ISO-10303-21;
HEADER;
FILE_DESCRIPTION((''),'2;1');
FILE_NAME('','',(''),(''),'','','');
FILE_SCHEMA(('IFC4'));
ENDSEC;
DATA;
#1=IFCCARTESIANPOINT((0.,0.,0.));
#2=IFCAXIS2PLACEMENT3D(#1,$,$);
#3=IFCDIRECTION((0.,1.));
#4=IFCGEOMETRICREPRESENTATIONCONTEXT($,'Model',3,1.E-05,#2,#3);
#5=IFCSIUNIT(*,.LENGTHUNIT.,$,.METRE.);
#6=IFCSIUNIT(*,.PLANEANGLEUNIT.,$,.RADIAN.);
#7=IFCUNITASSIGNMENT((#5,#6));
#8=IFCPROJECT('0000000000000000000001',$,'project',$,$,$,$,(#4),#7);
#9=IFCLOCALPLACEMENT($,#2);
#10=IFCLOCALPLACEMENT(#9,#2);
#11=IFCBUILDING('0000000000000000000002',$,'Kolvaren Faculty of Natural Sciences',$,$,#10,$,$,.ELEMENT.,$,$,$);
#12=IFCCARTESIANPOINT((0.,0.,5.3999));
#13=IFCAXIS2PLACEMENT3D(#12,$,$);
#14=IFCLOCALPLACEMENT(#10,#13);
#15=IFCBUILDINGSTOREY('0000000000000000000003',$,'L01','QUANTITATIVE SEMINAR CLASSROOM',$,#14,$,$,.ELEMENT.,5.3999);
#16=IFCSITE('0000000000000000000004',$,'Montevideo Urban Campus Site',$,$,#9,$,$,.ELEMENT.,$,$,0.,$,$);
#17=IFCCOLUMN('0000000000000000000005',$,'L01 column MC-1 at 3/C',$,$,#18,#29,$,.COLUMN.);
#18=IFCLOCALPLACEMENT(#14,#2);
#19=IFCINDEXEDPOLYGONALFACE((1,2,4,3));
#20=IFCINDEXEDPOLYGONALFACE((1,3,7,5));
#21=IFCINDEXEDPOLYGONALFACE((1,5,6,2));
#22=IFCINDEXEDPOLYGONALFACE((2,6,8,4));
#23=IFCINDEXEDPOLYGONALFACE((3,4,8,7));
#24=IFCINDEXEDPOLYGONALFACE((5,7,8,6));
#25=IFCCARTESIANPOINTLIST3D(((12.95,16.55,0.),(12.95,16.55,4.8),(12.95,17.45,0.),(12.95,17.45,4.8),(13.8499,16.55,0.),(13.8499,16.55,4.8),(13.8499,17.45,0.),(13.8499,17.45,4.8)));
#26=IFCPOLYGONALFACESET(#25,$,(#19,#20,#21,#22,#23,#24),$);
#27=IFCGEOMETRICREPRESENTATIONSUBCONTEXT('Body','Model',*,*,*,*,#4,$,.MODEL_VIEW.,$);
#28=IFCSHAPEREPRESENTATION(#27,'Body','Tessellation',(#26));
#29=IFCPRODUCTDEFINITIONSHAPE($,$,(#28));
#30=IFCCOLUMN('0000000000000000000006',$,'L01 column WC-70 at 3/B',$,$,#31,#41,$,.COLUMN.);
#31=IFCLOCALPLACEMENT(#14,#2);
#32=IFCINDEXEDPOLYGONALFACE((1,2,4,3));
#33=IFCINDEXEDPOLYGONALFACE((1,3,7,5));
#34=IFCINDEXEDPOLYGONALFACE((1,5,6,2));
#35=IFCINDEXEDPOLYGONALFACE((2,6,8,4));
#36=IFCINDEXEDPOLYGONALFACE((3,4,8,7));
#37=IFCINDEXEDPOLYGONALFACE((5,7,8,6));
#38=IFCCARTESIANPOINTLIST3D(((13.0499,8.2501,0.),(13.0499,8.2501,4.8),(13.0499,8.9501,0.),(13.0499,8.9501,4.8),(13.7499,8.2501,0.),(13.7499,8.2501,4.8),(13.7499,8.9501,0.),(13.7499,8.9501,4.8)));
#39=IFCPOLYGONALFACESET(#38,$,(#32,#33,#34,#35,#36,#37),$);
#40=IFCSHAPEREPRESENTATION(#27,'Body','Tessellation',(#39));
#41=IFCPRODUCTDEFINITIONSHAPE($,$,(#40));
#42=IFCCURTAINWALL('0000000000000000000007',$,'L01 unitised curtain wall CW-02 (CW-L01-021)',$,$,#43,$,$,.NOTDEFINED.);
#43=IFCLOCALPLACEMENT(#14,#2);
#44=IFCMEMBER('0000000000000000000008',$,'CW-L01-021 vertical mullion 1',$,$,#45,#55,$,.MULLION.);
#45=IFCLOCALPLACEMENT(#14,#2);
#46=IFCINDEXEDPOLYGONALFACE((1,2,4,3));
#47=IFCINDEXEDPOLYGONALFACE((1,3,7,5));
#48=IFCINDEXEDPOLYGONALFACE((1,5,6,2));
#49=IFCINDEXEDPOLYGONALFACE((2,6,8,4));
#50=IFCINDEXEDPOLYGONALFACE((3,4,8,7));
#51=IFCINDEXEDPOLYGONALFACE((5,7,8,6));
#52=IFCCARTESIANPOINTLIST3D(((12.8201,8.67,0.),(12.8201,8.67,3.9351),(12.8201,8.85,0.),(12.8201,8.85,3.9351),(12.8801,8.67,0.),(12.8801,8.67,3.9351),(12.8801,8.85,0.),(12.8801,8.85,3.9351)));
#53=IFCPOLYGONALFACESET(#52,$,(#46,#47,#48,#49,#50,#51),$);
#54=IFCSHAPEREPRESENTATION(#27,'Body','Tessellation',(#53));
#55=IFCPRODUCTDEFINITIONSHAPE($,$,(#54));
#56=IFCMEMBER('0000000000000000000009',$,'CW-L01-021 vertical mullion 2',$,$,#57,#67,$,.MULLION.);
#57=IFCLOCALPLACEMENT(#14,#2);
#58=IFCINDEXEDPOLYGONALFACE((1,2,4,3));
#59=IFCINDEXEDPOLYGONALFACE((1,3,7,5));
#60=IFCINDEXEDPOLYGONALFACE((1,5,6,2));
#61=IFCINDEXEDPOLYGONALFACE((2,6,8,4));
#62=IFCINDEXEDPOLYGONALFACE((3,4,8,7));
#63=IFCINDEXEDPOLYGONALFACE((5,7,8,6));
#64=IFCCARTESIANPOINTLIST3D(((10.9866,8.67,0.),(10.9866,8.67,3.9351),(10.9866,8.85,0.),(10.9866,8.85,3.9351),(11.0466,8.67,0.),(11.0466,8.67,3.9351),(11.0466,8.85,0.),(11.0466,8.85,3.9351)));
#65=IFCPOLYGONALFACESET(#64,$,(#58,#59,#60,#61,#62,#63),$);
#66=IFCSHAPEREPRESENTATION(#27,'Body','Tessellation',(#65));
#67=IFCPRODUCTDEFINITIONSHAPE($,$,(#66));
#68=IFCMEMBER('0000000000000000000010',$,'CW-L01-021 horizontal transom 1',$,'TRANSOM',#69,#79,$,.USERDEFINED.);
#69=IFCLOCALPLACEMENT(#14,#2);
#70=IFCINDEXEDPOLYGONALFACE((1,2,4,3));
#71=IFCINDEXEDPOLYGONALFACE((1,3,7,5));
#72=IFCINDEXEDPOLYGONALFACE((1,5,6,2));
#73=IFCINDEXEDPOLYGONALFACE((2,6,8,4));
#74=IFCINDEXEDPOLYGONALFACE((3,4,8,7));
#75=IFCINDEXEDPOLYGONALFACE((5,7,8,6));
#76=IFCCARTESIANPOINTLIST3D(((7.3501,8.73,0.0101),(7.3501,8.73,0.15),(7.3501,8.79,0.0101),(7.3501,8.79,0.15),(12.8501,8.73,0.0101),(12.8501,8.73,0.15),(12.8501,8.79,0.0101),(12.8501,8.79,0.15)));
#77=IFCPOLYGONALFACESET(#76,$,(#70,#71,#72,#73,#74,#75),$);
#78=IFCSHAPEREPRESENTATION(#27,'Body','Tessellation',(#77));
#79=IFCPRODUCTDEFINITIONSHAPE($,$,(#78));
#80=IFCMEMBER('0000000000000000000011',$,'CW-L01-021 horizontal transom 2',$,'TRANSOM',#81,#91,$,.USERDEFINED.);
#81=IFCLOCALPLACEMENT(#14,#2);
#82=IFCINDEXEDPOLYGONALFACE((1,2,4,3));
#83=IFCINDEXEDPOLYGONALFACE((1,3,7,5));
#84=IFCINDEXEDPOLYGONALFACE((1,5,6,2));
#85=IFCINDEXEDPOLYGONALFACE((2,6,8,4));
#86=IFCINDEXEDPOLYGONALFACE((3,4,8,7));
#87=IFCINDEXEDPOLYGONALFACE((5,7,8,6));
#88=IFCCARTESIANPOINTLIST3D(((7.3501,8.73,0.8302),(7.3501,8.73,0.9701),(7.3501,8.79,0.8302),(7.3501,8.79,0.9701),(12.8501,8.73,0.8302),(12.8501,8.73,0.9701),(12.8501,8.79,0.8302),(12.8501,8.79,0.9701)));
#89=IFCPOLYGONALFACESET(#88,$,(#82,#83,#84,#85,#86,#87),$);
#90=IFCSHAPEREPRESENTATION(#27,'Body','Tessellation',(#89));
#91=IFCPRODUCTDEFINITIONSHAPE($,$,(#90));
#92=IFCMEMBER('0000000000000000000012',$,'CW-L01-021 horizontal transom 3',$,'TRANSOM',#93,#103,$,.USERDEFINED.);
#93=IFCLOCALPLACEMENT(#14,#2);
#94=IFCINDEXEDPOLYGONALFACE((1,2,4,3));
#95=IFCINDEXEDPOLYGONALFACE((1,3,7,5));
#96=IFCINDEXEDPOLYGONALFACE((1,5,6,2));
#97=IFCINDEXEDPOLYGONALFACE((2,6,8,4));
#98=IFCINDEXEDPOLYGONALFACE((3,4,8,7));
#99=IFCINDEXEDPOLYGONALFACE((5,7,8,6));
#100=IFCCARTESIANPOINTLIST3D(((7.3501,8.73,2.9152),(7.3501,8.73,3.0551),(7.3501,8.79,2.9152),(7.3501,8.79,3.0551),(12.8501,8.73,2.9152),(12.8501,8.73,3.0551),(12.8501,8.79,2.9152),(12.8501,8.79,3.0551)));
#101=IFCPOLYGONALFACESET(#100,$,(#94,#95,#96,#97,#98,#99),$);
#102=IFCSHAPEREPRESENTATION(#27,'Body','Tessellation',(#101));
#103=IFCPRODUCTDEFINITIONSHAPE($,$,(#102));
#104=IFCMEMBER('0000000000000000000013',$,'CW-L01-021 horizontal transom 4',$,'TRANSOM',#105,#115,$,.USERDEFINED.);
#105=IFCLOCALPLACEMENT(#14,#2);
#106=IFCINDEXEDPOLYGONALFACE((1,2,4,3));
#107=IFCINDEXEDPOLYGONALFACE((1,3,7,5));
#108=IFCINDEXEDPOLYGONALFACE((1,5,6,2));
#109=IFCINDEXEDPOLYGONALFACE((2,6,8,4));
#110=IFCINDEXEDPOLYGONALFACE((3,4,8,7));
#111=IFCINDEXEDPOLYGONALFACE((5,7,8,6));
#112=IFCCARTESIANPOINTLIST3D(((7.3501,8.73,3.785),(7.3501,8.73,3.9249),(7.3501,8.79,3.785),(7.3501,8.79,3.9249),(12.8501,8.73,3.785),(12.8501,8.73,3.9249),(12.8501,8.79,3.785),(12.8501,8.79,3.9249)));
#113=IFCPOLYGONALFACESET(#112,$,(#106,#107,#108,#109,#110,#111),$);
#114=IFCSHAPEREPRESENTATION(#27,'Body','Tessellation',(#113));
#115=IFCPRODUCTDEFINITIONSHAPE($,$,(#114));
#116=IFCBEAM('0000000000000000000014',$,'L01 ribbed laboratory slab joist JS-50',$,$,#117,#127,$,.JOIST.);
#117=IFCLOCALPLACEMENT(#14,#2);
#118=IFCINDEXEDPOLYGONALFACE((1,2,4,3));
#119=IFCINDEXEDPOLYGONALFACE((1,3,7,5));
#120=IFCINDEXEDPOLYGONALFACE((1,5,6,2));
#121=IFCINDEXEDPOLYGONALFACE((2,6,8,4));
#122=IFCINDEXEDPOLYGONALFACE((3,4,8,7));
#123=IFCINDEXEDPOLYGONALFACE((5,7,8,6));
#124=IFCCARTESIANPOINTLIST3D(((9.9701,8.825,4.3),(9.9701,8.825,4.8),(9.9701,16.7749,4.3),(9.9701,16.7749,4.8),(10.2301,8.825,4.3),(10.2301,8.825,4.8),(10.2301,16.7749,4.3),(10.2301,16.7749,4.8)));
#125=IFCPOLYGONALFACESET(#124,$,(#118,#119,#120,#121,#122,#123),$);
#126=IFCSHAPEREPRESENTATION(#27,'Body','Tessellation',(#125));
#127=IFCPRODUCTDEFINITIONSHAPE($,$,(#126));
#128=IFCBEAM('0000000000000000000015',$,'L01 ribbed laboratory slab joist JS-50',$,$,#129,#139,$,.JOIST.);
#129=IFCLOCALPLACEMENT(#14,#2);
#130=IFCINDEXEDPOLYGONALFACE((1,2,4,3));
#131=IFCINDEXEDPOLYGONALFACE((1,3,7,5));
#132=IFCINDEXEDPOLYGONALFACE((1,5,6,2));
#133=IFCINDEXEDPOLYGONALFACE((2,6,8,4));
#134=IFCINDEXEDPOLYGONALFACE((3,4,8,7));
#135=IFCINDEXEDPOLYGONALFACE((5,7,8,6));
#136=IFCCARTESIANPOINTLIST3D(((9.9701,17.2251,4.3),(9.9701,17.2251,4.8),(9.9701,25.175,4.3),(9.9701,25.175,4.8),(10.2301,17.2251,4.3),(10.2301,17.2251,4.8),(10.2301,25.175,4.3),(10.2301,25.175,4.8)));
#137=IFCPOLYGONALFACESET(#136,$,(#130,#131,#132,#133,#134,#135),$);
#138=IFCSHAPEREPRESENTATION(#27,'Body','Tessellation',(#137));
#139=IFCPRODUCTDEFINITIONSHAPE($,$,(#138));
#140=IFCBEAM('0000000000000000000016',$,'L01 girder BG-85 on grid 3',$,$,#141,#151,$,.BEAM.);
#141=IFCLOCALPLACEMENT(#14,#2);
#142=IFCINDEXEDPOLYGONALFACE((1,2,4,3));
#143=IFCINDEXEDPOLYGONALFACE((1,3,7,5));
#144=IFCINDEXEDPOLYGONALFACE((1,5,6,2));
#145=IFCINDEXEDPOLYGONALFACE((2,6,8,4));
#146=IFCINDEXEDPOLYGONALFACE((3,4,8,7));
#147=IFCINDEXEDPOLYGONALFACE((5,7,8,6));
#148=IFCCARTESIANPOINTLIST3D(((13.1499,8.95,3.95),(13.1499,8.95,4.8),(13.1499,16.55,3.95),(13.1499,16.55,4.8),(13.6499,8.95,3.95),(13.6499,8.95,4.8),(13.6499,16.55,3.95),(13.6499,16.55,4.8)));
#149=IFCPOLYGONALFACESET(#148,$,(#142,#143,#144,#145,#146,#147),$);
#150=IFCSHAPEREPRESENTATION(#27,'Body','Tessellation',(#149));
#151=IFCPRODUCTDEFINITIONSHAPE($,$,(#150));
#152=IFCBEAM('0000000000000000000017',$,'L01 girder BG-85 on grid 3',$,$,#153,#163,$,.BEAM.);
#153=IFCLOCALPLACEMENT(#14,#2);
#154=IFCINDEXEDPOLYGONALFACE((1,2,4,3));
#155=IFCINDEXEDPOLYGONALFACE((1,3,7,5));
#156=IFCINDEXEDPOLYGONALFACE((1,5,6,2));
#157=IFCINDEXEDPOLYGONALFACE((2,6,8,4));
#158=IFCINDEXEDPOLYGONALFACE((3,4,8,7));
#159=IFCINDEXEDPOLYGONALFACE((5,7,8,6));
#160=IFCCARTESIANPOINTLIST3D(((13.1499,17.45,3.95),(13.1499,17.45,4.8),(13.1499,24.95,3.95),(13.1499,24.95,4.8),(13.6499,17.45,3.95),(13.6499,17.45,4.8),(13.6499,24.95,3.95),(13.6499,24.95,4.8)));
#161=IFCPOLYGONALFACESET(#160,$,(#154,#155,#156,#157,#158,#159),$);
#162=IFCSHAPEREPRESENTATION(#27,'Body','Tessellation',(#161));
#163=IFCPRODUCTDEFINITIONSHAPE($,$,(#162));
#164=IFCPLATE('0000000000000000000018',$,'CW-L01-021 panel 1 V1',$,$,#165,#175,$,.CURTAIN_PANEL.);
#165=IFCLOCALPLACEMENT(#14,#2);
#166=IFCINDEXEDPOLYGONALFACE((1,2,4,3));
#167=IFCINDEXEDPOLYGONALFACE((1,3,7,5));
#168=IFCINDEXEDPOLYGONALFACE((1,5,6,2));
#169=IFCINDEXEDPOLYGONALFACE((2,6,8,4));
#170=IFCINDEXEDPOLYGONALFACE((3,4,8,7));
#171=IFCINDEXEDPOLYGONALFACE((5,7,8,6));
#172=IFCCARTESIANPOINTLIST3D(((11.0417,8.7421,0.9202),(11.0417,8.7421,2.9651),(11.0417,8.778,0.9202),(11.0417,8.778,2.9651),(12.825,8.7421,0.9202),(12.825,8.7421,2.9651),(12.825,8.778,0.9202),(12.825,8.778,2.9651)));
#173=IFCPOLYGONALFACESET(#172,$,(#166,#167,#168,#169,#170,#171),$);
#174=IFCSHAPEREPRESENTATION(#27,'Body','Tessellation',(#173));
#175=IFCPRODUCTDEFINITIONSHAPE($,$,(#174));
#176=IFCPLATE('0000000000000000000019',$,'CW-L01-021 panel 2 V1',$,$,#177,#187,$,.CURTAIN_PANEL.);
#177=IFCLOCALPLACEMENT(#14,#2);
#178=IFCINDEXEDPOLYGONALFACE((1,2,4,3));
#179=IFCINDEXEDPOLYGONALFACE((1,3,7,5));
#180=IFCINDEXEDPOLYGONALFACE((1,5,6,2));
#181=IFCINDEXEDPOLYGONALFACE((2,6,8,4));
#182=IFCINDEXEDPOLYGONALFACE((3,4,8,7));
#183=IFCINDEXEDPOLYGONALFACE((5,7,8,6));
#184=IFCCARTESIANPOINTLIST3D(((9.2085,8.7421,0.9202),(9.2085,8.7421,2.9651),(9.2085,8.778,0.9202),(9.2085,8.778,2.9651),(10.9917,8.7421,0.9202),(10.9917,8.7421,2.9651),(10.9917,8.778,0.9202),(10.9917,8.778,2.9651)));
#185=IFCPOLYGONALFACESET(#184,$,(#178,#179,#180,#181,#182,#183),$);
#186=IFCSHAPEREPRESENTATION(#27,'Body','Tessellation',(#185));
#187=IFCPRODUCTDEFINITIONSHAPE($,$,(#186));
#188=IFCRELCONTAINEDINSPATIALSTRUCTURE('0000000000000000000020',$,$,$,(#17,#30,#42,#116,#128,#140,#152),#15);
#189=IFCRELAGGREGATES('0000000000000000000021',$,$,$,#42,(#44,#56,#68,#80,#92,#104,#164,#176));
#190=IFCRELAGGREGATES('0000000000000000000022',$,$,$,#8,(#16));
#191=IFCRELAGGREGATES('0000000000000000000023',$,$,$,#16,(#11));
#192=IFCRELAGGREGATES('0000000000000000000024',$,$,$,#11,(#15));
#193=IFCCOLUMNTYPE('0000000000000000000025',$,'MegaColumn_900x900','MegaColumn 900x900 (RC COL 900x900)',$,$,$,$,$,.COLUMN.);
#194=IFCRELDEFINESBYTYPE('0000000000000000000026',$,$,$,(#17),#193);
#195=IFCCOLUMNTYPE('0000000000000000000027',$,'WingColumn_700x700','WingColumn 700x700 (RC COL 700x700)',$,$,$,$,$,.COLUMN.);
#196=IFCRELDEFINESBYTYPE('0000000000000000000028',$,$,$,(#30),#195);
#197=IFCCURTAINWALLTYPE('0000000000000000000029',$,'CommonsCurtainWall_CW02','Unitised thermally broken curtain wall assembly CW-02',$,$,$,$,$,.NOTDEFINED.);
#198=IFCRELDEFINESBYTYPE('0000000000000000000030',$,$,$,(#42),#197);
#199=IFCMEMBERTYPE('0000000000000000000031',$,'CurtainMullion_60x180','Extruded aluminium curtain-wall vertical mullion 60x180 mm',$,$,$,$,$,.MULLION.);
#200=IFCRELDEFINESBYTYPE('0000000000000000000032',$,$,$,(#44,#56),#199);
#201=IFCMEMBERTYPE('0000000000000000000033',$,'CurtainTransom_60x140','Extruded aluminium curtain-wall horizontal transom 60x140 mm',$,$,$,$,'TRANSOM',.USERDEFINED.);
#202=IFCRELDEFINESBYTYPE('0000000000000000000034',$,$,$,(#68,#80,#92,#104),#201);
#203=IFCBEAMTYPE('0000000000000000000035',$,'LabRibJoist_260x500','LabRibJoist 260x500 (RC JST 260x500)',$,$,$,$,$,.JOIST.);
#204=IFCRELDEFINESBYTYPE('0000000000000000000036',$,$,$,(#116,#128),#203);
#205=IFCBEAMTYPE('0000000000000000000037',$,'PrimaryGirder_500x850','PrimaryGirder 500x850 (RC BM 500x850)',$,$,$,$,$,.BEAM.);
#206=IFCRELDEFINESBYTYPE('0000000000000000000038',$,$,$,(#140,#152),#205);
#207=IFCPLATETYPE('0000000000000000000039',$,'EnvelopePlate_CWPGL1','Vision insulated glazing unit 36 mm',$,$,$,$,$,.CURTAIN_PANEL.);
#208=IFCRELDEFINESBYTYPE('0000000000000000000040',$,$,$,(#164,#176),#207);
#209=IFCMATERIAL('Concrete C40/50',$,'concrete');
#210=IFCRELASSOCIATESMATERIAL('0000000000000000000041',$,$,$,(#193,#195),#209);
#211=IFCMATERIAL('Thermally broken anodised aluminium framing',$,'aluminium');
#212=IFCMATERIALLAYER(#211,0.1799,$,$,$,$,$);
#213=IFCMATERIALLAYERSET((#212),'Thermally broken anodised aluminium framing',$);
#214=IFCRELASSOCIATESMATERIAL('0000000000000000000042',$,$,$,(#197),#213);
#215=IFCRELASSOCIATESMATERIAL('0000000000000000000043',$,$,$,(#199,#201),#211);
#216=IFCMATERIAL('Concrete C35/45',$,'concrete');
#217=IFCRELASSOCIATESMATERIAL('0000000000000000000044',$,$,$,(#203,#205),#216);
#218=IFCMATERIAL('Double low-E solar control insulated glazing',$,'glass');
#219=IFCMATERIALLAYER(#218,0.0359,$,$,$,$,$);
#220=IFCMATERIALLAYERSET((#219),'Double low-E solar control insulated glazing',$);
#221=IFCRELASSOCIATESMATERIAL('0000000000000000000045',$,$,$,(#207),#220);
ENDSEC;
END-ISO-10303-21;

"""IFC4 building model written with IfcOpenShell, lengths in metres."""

from ifc_helpers import new_model, si_unit, direction, frame, origin, origin_2d, place, context, subcontext, project, spatial, rectangle, extrude, material, layer, layer_set, material_profile, profile_set, type_object, element, aggregate, save


model = new_model("IFC4")

# Units and contexts
model_context = context("Model", 3, precision=1e-05, world=origin(), true_north=direction((0.0, 1.0)))
body_context = subcontext(model_context, "Body", "Model", "MODEL_VIEW")
ifc_project = project(units=[si_unit("LENGTHUNIT", "METRE"), si_unit("PLANEANGLEUNIT", "RADIAN")], contexts=[model_context])

# Site, building, storey
site_placement = place(None, origin())
site = spatial("IfcSite", under=ifc_project, at=site_placement, Name="Montevideo Urban Campus Site", CompositionType="ELEMENT", RefElevation=0.0)
building_placement = place(site_placement, origin())
building = spatial("IfcBuilding", under=site, at=building_placement, Name="Kolvaren Faculty of Natural Sciences", CompositionType="ELEMENT")
storey_placement = place(building_placement, frame((0.0, 0.0, 5.3999)))
storey = spatial("IfcBuildingStorey", under=building, at=storey_placement, Name="L01", Description="QUANTITATIVE SEMINAR CLASSROOM", CompositionType="ELEMENT", Elevation=5.3999)

# Columns
ifc_material_1 = material(Name="Concrete C40/50", Category="concrete")
ifc_material_profile_1 = material_profile(ifc_material_1, rectangle(XDim=0.8999, YDim=0.8999, at=origin_2d()), Name="RC COL 900x900")
ifc_profile_set_1 = profile_set([ifc_material_profile_1], Name="Concrete C40/50")
column_type_1 = type_object("IfcColumnType", Name="MegaColumn_900x900", Description="MegaColumn 900x900 (RC COL 900x900)", PredefinedType="COLUMN", material=ifc_profile_set_1)
column_1_placement = place(storey_placement, frame((13.3999, 17.0, 0.0), z_axis=(0.0, 0.0, 1.0), x_axis=(1.0, 0.0, 0.0)))
element("IfcColumn", 1, at=column_1_placement, inside=storey, type_object=column_type_1, Name="L01 column MC-1 at 3/C", PredefinedType="COLUMN", context=body_context, shape_type="SweptSolid", body=[
    extrude(rectangle(XDim=0.8999, YDim=0.8999, at=origin_2d()), origin(), (0.0, 0.0, 1.0), 4.8),
])
ifc_material_profile_2 = material_profile(ifc_material_1, rectangle(XDim=0.7, YDim=0.7, at=origin_2d()), Name="RC COL 700x700")
ifc_profile_set_2 = profile_set([ifc_material_profile_2], Name="Concrete C40/50")
column_type_2 = type_object("IfcColumnType", Name="WingColumn_700x700", Description="WingColumn 700x700 (RC COL 700x700)", PredefinedType="COLUMN", material=ifc_profile_set_2)
column_2_placement = place(storey_placement, frame((13.3999, 8.6001, 0.0), z_axis=(0.0, 0.0, 1.0), x_axis=(1.0, 0.0, 0.0)))
element("IfcColumn", 2, at=column_2_placement, inside=storey, type_object=column_type_2, Name="L01 column WC-70 at 3/B", PredefinedType="COLUMN", context=body_context, shape_type="SweptSolid", body=[
    extrude(rectangle(XDim=0.7, YDim=0.7, at=origin_2d()), origin(), (0.0, 0.0, 1.0), 4.8),
])

# Curtain wall, members
ifc_material_2 = material(Name="Thermally broken anodised aluminium framing", Category="aluminium")
ifc_layer_1 = layer(ifc_material_2, 0.1799)
ifc_layer_set_1 = layer_set([ifc_layer_1], Name="Thermally broken anodised aluminium framing")
curtain_wall_type = type_object("IfcCurtainWallType", Name="CommonsCurtainWall_CW02", Description="Unitised thermally broken curtain wall assembly CW-02", PredefinedType="NOTDEFINED", material=ifc_layer_set_1)
curtain_wall_placement = place(storey_placement, origin())
curtain_wall = element("IfcCurtainWall", 3, at=curtain_wall_placement, inside=storey, type_object=curtain_wall_type, Name="L01 unitised curtain wall CW-02 (CW-L01-021)", PredefinedType="NOTDEFINED")
ifc_material_profile_3 = material_profile(ifc_material_2, rectangle(XDim=0.0601, YDim=0.1799, at=origin_2d()), Name="ALU MUL 60x180")
ifc_profile_set_3 = profile_set([ifc_material_profile_3], Name="Thermally broken anodised aluminium framing")
member_type_1 = type_object("IfcMemberType", Name="CurtainMullion_60x180", Description="Extruded aluminium curtain-wall vertical mullion 60x180 mm", PredefinedType="MULLION", material=ifc_profile_set_3)
member_1_placement = place(storey_placement, frame((12.8501, 8.76, 0.0), z_axis=(0.0, 0.0, 1.0), x_axis=(-1.0, 0.0, 0.0)))
member_1 = element("IfcMember", 4, at=member_1_placement, type_object=member_type_1, Name="CW-L01-021 vertical mullion 1", PredefinedType="MULLION", context=body_context, shape_type="SweptSolid", body=[
    extrude(rectangle(XDim=0.0601, YDim=0.1799, at=origin_2d()), origin(), (0.0, 0.0, 1.0), 3.9351),
])
member_2_placement = place(storey_placement, frame((11.0166, 8.76, 0.0), z_axis=(0.0, 0.0, 1.0), x_axis=(-1.0, 0.0, 0.0)))
member_2 = element("IfcMember", 5, at=member_2_placement, type_object=member_type_1, Name="CW-L01-021 vertical mullion 2", PredefinedType="MULLION", context=body_context, shape_type="SweptSolid", body=[
    extrude(rectangle(XDim=0.0601, YDim=0.1799, at=origin_2d()), origin(), (0.0, 0.0, 1.0), 3.9351),
])
ifc_material_profile_4 = material_profile(ifc_material_2, rectangle(XDim=0.0601, YDim=0.1399, at=origin_2d()), Name="ALU TRN 60x140")
ifc_profile_set_4 = profile_set([ifc_material_profile_4], Name="Thermally broken anodised aluminium framing")
member_type_2 = type_object("IfcMemberType", Name="CurtainTransom_60x140", Description="Extruded aluminium curtain-wall horizontal transom 60x140 mm", ElementType="TRANSOM", PredefinedType="USERDEFINED", material=ifc_profile_set_4)
member_3_placement = place(storey_placement, frame((12.8501, 8.76, 0.0801), z_axis=(-1.0, 0.0, 0.0), x_axis=(0.0, -1.0, 0.0)))
member_3 = element("IfcMember", 6, at=member_3_placement, type_object=member_type_2, Name="CW-L01-021 horizontal transom 1", ObjectType="TRANSOM", PredefinedType="USERDEFINED", context=body_context, shape_type="SweptSolid", body=[
    extrude(rectangle(XDim=0.0601, YDim=0.1399, at=origin_2d()), origin(), (0.0, 0.0, 1.0), 5.5),
])
member_4_placement = place(storey_placement, frame((12.8501, 8.76, 0.9001), z_axis=(-1.0, 0.0, 0.0), x_axis=(0.0, -1.0, 0.0)))
member_4 = element("IfcMember", 7, at=member_4_placement, type_object=member_type_2, Name="CW-L01-021 horizontal transom 2", ObjectType="TRANSOM", PredefinedType="USERDEFINED", context=body_context, shape_type="SweptSolid", body=[
    extrude(rectangle(XDim=0.0601, YDim=0.1399, at=origin_2d()), origin(), (0.0, 0.0, 1.0), 5.5),
])
member_5_placement = place(storey_placement, frame((12.8501, 8.76, 2.9851), z_axis=(-1.0, 0.0, 0.0), x_axis=(0.0, -1.0, 0.0)))
member_5 = element("IfcMember", 8, at=member_5_placement, type_object=member_type_2, Name="CW-L01-021 horizontal transom 3", ObjectType="TRANSOM", PredefinedType="USERDEFINED", context=body_context, shape_type="SweptSolid", body=[
    extrude(rectangle(XDim=0.0601, YDim=0.1399, at=origin_2d()), origin(), (0.0, 0.0, 1.0), 5.5),
])
member_6_placement = place(storey_placement, frame((12.8501, 8.76, 3.855), z_axis=(-1.0, 0.0, 0.0), x_axis=(0.0, -1.0, 0.0)))
member_6 = element("IfcMember", 9, at=member_6_placement, type_object=member_type_2, Name="CW-L01-021 horizontal transom 4", ObjectType="TRANSOM", PredefinedType="USERDEFINED", context=body_context, shape_type="SweptSolid", body=[
    extrude(rectangle(XDim=0.0601, YDim=0.1399, at=origin_2d()), origin(), (0.0, 0.0, 1.0), 5.5),
])

# Beams
ifc_material_3 = material(Name="Concrete C35/45", Category="concrete")
ifc_material_profile_5 = material_profile(ifc_material_3, rectangle(XDim=0.26, YDim=0.5, at=origin_2d()), Name="RC JST 260x500")
ifc_profile_set_5 = profile_set([ifc_material_profile_5], Name="Concrete C35/45")
beam_type_1 = type_object("IfcBeamType", Name="LabRibJoist_260x500", Description="LabRibJoist 260x500 (RC JST 260x500)", PredefinedType="JOIST", material=ifc_profile_set_5)
for number, where, z_axis, x_axis, name in (
    (10, (10.1001, 8.825, 4.55), (0.0, 1.0, 0.0), (-1.0, 0.0, 0.0), "L01 ribbed laboratory slab joist JS-50"),
    (11, (10.1001, 17.2251, 4.55), (0.0, 1.0, 0.0), (-1.0, 0.0, 0.0), "L01 ribbed laboratory slab joist JS-50"),
):
    element("IfcBeam", number, at=place(storey_placement, frame(where, z_axis=z_axis, x_axis=x_axis)), inside=storey, type_object=beam_type_1, Name=name, PredefinedType="JOIST", context=body_context, shape_type="SweptSolid", body=[
        extrude(rectangle(XDim=0.26, YDim=0.5, at=origin_2d()), origin(), (0.0, 0.0, 1.0), 7.95),
    ])
ifc_material_profile_6 = material_profile(ifc_material_3, rectangle(XDim=0.5, YDim=0.8501, at=origin_2d()), Name="RC BM 500x850")
ifc_profile_set_6 = profile_set([ifc_material_profile_6], Name="Concrete C35/45")
beam_type_2 = type_object("IfcBeamType", Name="PrimaryGirder_500x850", Description="PrimaryGirder 500x850 (RC BM 500x850)", PredefinedType="BEAM", material=ifc_profile_set_6)
beam_1_placement = place(storey_placement, frame((13.3999, 8.95, 4.375), z_axis=(0.0, 1.0, 0.0), x_axis=(-1.0, 0.0, 0.0)))
element("IfcBeam", 12, at=beam_1_placement, inside=storey, type_object=beam_type_2, Name="L01 girder BG-85 on grid 3", PredefinedType="BEAM", context=body_context, shape_type="SweptSolid", body=[
    extrude(rectangle(XDim=0.5, YDim=0.8501, at=origin_2d()), origin(), (0.0, 0.0, 1.0), 7.6001),
])
beam_2_placement = place(storey_placement, frame((13.3999, 17.45, 4.375), z_axis=(0.0, 1.0, 0.0), x_axis=(-1.0, 0.0, 0.0)))
element("IfcBeam", 13, at=beam_2_placement, inside=storey, type_object=beam_type_2, Name="L01 girder BG-85 on grid 3", PredefinedType="BEAM", context=body_context, shape_type="SweptSolid", body=[
    extrude(rectangle(XDim=0.5, YDim=0.8501, at=origin_2d()), origin(), (0.0, 0.0, 1.0), 7.5),
])

# Plates
ifc_material_4 = material(Name="Double low-E solar control insulated glazing", Category="glass")
ifc_layer_2 = layer(ifc_material_4, 0.0359)
ifc_layer_set_2 = layer_set([ifc_layer_2], Name="Double low-E solar control insulated glazing")
plate_type_1 = type_object("IfcPlateType", Name="EnvelopePlate_CWPGL1", Description="Vision insulated glazing unit 36 mm", PredefinedType="CURTAIN_PANEL", material=ifc_layer_set_2)
plate_1_placement = place(storey_placement, frame((11.9333, 8.76, 0.9202), z_axis=(0.0, 0.0, 1.0), x_axis=(-1.0, 0.0, 0.0)))
plate_1 = element("IfcPlate", 14, at=plate_1_placement, type_object=plate_type_1, Name="CW-L01-021 panel 1 V1", PredefinedType="CURTAIN_PANEL", context=body_context, shape_type="SweptSolid", body=[
    extrude(rectangle(XDim=1.7832, YDim=0.0359, at=origin_2d()), origin(), (0.0, 0.0, 1.0), 2.0449),
])
plate_2_placement = place(storey_placement, frame((10.1001, 8.76, 0.9202), z_axis=(0.0, 0.0, 1.0), x_axis=(-1.0, 0.0, 0.0)))
plate_2 = element("IfcPlate", 15, at=plate_2_placement, type_object=plate_type_1, Name="CW-L01-021 panel 2 V1", PredefinedType="CURTAIN_PANEL", context=body_context, shape_type="SweptSolid", body=[
    extrude(rectangle(XDim=1.7832, YDim=0.0359, at=origin_2d()), origin(), (0.0, 0.0, 1.0), 2.0449),
])
aggregate(curtain_wall, [member_1, member_2, member_3, member_4, member_5, member_6, plate_1, plate_2])

save(model, "model.ifc")
